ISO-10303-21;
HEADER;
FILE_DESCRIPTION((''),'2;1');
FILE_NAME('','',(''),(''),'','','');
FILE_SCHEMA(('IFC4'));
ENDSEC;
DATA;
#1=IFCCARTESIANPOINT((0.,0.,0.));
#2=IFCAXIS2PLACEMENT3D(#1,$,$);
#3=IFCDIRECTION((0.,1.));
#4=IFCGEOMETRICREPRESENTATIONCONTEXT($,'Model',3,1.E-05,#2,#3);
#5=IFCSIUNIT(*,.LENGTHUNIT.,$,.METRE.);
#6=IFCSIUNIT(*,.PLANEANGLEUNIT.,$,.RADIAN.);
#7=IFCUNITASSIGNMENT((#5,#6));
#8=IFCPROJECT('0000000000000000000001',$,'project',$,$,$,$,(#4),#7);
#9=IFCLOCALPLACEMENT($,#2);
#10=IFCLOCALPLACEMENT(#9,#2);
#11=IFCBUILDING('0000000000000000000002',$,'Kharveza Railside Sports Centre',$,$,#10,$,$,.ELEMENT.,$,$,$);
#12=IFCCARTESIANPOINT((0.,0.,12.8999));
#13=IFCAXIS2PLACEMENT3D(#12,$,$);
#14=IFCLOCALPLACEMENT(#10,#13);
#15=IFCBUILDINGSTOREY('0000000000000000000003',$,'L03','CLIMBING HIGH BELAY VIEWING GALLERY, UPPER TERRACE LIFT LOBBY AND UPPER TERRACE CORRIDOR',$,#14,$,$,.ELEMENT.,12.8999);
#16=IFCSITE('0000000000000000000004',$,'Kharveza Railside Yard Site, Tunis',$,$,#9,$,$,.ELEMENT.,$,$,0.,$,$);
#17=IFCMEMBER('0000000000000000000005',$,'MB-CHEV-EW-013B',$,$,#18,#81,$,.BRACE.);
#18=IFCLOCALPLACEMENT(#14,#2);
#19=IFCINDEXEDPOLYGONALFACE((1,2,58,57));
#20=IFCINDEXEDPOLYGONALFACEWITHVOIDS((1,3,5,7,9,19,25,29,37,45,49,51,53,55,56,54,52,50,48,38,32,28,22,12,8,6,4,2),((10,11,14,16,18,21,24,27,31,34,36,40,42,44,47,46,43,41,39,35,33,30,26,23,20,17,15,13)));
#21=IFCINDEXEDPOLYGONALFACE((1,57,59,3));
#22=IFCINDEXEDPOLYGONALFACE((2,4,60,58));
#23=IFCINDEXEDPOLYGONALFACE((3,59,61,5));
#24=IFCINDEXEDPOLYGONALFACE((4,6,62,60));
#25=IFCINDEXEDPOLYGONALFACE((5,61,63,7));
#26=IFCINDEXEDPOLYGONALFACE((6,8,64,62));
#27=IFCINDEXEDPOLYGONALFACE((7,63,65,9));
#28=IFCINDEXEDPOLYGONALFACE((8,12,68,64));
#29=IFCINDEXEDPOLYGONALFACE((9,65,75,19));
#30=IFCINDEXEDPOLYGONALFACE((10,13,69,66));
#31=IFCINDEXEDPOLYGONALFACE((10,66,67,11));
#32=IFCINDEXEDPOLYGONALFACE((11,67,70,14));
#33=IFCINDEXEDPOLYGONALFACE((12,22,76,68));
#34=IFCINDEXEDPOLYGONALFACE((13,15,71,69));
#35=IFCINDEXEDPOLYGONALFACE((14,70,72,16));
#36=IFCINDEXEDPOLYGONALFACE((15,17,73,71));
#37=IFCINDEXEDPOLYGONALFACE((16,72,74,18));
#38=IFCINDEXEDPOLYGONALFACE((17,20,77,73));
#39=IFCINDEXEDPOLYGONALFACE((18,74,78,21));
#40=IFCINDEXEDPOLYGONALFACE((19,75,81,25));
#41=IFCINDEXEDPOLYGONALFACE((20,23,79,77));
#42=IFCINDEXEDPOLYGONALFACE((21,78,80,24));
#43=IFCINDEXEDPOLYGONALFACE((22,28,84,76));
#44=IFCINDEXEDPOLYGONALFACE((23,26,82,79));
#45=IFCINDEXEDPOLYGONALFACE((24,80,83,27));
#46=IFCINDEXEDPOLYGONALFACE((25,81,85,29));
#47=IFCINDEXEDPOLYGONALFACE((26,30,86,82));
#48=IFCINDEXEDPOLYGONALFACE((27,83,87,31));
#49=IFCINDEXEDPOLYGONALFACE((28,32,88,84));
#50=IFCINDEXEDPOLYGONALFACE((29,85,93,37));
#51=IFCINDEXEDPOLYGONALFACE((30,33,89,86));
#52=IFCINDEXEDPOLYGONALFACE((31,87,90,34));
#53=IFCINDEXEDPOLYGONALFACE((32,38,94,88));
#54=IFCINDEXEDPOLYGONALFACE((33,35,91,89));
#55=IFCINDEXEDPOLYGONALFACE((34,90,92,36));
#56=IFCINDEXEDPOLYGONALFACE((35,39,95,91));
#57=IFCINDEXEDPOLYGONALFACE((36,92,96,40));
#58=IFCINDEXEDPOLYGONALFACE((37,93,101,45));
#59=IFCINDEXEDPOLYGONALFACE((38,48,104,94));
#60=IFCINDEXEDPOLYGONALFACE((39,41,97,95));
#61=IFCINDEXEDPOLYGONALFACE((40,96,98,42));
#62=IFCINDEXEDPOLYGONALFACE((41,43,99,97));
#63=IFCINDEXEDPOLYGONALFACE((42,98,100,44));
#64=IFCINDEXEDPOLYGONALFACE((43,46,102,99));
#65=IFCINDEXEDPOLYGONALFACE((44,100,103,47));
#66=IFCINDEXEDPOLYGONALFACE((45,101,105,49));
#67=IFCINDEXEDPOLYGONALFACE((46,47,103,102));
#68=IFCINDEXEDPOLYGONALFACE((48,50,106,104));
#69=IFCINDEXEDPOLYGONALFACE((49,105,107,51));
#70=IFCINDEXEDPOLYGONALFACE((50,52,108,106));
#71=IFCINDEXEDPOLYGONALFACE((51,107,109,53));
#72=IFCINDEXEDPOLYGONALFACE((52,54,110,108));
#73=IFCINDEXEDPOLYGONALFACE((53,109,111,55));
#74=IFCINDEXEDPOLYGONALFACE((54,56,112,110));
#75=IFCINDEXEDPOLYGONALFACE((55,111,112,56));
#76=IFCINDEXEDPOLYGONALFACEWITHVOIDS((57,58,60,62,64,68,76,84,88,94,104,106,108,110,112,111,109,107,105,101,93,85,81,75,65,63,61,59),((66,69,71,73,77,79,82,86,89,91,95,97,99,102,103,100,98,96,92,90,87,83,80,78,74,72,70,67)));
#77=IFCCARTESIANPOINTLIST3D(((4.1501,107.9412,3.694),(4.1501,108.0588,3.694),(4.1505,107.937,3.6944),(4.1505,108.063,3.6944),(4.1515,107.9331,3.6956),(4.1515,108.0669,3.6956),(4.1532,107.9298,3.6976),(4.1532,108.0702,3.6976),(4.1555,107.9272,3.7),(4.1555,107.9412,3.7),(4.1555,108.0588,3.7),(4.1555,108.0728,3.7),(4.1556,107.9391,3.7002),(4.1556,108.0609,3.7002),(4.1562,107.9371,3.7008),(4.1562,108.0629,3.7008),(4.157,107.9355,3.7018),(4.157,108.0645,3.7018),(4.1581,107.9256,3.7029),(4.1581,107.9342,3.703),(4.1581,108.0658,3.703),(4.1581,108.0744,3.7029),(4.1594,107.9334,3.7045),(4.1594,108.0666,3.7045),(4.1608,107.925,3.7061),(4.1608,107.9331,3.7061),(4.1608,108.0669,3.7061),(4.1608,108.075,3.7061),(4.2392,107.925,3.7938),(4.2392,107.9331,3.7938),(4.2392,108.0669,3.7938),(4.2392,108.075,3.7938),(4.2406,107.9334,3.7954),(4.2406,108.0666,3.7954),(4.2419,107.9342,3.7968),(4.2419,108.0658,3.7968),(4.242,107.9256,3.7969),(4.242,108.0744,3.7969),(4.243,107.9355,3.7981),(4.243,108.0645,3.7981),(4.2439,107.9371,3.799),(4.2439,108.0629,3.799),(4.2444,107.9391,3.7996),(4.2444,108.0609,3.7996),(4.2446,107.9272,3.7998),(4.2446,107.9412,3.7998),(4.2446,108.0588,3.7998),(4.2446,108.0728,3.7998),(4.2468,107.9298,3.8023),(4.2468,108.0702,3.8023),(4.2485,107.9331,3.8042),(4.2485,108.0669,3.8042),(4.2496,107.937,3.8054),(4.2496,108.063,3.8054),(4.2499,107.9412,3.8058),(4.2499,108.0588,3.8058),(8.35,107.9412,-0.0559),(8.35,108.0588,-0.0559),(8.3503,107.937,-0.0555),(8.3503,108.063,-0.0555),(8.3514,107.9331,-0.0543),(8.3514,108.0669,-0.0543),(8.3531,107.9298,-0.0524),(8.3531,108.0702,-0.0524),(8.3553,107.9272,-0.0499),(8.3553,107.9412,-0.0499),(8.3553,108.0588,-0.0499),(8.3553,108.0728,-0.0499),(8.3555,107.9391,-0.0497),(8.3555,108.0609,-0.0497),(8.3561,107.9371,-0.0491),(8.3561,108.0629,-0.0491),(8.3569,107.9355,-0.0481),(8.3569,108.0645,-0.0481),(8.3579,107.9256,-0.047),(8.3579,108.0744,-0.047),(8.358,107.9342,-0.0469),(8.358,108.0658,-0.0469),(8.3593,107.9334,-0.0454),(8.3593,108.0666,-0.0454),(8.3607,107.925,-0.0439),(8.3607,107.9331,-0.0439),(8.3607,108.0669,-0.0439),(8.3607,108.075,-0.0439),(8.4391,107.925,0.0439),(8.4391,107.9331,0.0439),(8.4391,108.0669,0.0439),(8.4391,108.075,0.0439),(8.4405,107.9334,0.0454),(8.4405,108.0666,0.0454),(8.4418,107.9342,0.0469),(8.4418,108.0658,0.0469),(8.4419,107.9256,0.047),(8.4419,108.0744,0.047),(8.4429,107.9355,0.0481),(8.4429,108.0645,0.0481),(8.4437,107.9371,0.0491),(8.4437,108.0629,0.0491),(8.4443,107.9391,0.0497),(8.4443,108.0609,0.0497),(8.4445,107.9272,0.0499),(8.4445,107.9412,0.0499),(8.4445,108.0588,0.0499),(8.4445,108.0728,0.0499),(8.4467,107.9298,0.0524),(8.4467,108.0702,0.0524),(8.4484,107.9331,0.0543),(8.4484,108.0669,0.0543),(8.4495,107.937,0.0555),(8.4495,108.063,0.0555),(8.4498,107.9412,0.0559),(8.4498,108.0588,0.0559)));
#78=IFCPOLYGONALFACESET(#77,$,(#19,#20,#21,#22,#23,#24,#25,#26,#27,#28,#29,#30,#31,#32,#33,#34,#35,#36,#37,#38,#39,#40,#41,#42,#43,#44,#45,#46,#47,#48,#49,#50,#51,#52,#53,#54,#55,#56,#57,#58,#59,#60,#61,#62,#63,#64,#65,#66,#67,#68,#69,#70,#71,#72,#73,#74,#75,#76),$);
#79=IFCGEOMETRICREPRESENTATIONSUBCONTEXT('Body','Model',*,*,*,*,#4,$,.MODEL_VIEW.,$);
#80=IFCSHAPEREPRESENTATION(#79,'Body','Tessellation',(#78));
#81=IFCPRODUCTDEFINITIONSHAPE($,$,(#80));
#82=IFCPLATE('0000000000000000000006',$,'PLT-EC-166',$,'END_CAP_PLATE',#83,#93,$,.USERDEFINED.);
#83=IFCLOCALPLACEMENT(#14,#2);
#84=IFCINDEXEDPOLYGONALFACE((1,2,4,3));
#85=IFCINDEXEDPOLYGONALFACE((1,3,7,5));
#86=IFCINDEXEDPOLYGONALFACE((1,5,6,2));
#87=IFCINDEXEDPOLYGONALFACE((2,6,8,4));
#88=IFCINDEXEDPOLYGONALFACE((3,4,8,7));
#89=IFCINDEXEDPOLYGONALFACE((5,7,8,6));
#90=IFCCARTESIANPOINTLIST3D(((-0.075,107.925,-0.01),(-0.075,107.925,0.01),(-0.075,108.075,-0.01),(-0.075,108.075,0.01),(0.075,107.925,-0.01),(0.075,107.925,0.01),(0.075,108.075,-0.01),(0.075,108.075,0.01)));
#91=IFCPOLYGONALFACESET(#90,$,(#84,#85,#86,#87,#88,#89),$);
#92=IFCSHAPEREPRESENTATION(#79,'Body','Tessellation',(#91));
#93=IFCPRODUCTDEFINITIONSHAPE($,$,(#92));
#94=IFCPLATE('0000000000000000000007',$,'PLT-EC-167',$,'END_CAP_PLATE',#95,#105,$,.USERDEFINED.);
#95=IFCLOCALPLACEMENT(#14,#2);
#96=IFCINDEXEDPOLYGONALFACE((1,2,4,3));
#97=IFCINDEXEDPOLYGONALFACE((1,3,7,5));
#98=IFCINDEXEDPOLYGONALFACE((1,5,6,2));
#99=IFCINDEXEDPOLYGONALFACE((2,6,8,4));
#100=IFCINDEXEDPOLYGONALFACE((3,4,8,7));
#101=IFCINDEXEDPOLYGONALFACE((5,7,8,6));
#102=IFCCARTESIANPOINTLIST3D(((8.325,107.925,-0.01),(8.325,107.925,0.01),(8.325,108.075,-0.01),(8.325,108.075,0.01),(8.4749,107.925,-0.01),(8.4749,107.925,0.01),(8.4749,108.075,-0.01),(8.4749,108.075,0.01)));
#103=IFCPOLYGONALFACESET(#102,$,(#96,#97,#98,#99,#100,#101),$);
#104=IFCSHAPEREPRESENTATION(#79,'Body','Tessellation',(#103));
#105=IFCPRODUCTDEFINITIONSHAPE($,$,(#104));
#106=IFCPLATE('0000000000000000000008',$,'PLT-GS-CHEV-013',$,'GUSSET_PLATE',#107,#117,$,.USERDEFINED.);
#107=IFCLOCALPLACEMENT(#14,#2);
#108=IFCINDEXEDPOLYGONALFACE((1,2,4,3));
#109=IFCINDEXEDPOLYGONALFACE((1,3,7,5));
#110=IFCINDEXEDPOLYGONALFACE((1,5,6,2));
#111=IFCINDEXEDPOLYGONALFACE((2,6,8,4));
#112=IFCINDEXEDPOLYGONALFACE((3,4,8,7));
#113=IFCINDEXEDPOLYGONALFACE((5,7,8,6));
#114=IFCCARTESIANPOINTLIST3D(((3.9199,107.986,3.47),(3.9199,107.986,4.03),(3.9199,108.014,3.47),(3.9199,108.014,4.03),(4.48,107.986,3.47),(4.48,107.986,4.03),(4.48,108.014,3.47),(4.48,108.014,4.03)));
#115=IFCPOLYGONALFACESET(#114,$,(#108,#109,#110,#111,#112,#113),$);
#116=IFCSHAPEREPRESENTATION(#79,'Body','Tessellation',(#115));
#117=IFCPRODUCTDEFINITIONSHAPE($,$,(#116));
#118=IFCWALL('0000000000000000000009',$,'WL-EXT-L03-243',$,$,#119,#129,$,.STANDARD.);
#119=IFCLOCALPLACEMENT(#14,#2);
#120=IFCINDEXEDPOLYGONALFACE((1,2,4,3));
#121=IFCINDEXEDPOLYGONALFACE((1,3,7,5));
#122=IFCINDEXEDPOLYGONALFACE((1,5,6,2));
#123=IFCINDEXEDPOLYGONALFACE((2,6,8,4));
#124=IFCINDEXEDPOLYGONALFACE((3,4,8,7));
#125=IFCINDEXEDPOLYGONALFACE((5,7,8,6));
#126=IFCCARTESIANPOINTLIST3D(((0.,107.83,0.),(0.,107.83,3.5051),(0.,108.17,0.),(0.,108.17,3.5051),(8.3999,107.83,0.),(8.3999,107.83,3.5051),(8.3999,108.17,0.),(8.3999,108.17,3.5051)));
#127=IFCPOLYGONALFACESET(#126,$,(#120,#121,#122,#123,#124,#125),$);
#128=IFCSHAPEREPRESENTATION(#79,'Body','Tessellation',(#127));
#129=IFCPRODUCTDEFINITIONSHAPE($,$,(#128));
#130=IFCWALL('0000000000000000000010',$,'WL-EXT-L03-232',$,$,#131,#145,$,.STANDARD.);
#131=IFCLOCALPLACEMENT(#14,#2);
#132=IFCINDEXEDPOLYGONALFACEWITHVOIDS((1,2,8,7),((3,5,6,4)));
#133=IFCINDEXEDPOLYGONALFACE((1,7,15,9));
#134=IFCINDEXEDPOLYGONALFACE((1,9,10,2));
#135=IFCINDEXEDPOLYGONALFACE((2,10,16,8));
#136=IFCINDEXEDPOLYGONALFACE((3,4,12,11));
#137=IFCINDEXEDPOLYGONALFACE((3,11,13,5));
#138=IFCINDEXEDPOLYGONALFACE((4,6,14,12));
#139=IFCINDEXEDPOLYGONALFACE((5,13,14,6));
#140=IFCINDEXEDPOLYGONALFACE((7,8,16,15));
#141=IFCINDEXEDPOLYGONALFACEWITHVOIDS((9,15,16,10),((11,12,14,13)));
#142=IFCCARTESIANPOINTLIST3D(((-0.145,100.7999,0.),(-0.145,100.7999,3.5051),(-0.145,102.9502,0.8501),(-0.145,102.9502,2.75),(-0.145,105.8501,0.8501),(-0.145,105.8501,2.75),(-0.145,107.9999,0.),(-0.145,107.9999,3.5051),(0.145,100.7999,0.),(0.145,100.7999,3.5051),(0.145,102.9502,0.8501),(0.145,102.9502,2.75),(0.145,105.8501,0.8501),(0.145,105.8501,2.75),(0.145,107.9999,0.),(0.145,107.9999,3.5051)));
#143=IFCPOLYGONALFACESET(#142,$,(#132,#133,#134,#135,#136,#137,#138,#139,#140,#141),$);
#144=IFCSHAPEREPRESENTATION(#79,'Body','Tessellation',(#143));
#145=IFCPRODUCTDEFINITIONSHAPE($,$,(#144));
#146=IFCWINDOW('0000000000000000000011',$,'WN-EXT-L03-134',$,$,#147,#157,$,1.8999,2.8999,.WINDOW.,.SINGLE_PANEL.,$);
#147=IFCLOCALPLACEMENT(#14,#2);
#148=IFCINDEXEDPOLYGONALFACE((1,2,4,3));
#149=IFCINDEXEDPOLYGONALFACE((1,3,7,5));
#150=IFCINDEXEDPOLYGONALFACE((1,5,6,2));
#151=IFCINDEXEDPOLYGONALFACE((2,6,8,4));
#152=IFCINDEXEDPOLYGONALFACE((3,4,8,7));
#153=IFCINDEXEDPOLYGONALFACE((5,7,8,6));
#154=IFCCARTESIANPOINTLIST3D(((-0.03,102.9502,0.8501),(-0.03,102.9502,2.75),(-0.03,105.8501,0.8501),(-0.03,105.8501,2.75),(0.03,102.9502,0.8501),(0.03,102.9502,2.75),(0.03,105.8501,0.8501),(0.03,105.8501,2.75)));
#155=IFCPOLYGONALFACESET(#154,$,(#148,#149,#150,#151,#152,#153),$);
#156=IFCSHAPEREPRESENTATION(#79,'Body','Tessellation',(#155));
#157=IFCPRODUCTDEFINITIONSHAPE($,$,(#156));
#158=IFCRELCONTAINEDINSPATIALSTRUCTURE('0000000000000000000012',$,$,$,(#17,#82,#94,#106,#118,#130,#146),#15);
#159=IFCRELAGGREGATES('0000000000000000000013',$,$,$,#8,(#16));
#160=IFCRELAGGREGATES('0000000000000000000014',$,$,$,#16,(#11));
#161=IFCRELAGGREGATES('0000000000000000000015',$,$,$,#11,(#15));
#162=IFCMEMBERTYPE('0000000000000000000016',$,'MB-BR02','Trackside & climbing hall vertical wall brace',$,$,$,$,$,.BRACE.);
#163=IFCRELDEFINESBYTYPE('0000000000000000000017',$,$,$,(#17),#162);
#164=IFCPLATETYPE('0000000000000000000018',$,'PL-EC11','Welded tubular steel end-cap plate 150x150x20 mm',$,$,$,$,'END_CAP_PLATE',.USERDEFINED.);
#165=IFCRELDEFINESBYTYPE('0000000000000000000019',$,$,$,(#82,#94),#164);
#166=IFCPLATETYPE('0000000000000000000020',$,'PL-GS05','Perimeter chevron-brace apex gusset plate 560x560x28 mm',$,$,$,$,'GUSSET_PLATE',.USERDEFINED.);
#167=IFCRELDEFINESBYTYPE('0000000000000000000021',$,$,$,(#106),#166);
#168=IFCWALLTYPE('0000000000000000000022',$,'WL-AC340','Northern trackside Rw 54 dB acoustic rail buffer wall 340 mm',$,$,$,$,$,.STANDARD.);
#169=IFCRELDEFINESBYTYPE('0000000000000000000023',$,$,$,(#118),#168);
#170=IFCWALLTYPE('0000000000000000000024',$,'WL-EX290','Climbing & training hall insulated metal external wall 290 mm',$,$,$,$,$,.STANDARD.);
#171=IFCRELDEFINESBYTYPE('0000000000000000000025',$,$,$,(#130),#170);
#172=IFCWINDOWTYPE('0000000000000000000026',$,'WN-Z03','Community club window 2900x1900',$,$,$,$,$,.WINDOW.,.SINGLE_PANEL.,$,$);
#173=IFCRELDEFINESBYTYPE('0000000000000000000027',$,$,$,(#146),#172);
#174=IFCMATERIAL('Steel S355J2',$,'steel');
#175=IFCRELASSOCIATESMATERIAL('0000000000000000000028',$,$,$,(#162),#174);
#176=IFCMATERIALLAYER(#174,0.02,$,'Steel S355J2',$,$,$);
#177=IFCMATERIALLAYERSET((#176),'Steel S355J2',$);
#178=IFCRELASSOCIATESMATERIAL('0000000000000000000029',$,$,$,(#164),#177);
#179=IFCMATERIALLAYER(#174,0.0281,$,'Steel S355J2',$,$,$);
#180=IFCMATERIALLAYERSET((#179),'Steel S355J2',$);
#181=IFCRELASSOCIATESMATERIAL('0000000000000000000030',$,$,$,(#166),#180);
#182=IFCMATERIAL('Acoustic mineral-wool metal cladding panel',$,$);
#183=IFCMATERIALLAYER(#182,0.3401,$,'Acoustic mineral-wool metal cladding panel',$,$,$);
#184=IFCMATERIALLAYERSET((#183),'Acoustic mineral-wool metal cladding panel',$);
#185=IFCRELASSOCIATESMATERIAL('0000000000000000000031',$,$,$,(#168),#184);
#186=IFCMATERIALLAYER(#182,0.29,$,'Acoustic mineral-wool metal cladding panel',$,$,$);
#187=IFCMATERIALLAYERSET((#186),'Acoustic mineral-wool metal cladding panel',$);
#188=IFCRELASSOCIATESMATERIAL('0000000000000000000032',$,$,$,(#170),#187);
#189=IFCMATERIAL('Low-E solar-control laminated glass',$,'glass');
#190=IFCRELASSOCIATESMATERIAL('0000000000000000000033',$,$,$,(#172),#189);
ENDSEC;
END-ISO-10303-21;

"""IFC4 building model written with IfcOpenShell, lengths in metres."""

from ifc_helpers import new_model, si_unit, direction, frame, frame_2d, origin, origin_2d, place, context, subcontext, project, spatial, rectangle, hollow_rectangle, extrude, material, layer, layer_set, material_profile, profile_set, type_object, element, fill, save


model = new_model("IFC4")

# Units and contexts
model_context = context("Model", 3, precision=1e-05, world=origin(), true_north=direction((0.0, 1.0)))
body_context = subcontext(model_context, "Body", "Model", "MODEL_VIEW")
ifc_project = project(units=[si_unit("LENGTHUNIT", "METRE"), si_unit("PLANEANGLEUNIT", "RADIAN")], contexts=[model_context])

# Site, building, storey
site_placement = place(None, origin())
site = spatial("IfcSite", under=ifc_project, at=site_placement, Name="Kharveza Railside Yard Site, Tunis", CompositionType="ELEMENT", RefElevation=0.0)
building_placement = place(site_placement, origin())
building = spatial("IfcBuilding", under=site, at=building_placement, Name="Kharveza Railside Sports Centre", CompositionType="ELEMENT")
storey_placement = place(building_placement, frame((0.0, 0.0, 12.8999)))
storey = spatial("IfcBuildingStorey", under=building, at=storey_placement, Name="L03", Description="CLIMBING HIGH BELAY VIEWING GALLERY, UPPER TERRACE LIFT LOBBY AND UPPER TERRACE CORRIDOR", CompositionType="ELEMENT", Elevation=12.8999)

# Shared definitions
ifc_material_1 = material(Name="Steel S355J2", Category="steel")

# Member
ifc_material_profile_1 = material_profile(ifc_material_1, hollow_rectangle(XDim=0.1499, YDim=0.1499, WallThickness=0.0081, InnerFilletRadius=0.0081, OuterFilletRadius=0.0161, at=origin_2d()), Name="SHS 150x150x8.0")
ifc_profile_set_1 = profile_set([ifc_material_profile_1], Name="Steel S355J2")
member_type = type_object("IfcMemberType", Name="MB-BR02", Description="Trackside & climbing hall vertical wall brace", PredefinedType="BRACE", material=ifc_profile_set_1)
for number, where, z_axis, x_axis, name in (
    (1, (8.3999, 108.0, 0.0), (-0.745934, 0.0, 0.66602), (0.0, -1.0, 0.0), "MB-CHEV-EW-013B"),
):
    element("IfcMember", number, at=place(storey_placement, frame(where, z_axis=z_axis, x_axis=x_axis)), inside=storey, type_object=member_type, Name=name, PredefinedType="BRACE", context=body_context, shape_type="SweptSolid", body=[
        extrude(hollow_rectangle(XDim=0.1499, YDim=0.1499, WallThickness=0.0081, InnerFilletRadius=0.0081, OuterFilletRadius=0.0161, at=origin_2d()), origin(), (0.0, 0.0, 1.0), 5.6304),
    ])

# Plates
ifc_layer_1 = layer(ifc_material_1, 0.02, Name="Steel S355J2")
ifc_layer_set_1 = layer_set([ifc_layer_1], Name="Steel S355J2")
plate_type_1 = type_object("IfcPlateType", Name="PL-EC11", Description="Welded tubular steel end-cap plate 150x150x20 mm", ElementType="END_CAP_PLATE", PredefinedType="USERDEFINED", material=ifc_layer_set_1)
for number, where, z_axis, x_axis, name in (
    (2, (0.0, 108.0, -0.01), (0.0, 0.0, 1.0), (1.0, 0.0, 0.0), "PLT-EC-166"),
    (3, (8.3999, 108.0, -0.01), (0.0, 0.0, 1.0), (1.0, 0.0, 0.0), "PLT-EC-167"),
):
    element("IfcPlate", number, at=place(storey_placement, frame(where, z_axis=z_axis, x_axis=x_axis)), inside=storey, type_object=plate_type_1, Name=name, ObjectType="END_CAP_PLATE", PredefinedType="USERDEFINED", context=body_context, shape_type="SweptSolid", body=[
        extrude(rectangle(XDim=0.1499, YDim=0.1499, at=origin_2d()), origin(), (0.0, 0.0, 1.0), 0.02),
    ])
ifc_layer_2 = layer(ifc_material_1, 0.0281, Name="Steel S355J2")
ifc_layer_set_2 = layer_set([ifc_layer_2], Name="Steel S355J2")
plate_type_2 = type_object("IfcPlateType", Name="PL-GS05", Description="Perimeter chevron-brace apex gusset plate 560x560x28 mm", ElementType="GUSSET_PLATE", PredefinedType="USERDEFINED", material=ifc_layer_set_2)
plate_placement = place(storey_placement, frame((4.2, 108.0, 3.47), z_axis=(0.0, 0.0, 1.0), x_axis=(1.0, 0.0, 0.0)))
element("IfcPlate", 4, at=plate_placement, inside=storey, type_object=plate_type_2, Name="PLT-GS-CHEV-013", ObjectType="GUSSET_PLATE", PredefinedType="USERDEFINED", context=body_context, shape_type="SweptSolid", body=[
    extrude(rectangle(XDim=0.5601, YDim=0.0281, at=origin_2d()), origin(), (0.0, 0.0, 1.0), 0.5601),
])

# Wall
ifc_material_2 = material(Name="Acoustic mineral-wool metal cladding panel")
ifc_layer_3 = layer(ifc_material_2, 0.3401, Name="Acoustic mineral-wool metal cladding panel")
ifc_layer_set_3 = layer_set([ifc_layer_3], Name="Acoustic mineral-wool metal cladding panel")
wall_type_1 = type_object("IfcWallType", Name="WL-AC340", Description="Northern trackside Rw 54 dB acoustic rail buffer wall 340 mm", PredefinedType="STANDARD", material=ifc_layer_set_3)
wall_1_placement = place(storey_placement, frame((8.3999, 108.0, 0.0), z_axis=(0.0, 0.0, 1.0), x_axis=(-1.0, 0.0, 0.0)))
element("IfcWall", 5, at=wall_1_placement, inside=storey, type_object=wall_type_1, Name="WL-EXT-L03-243", PredefinedType="STANDARD", context=body_context, shape_type="SweptSolid", body=[
    extrude(rectangle(XDim=8.3999, YDim=0.3401, at=frame_2d((4.2, 0.0))), origin(), (0.0, 0.0, 1.0), 3.5051),
])

# Wall, opening, window
ifc_layer_4 = layer(ifc_material_2, 0.29, Name="Acoustic mineral-wool metal cladding panel")
ifc_layer_set_4 = layer_set([ifc_layer_4], Name="Acoustic mineral-wool metal cladding panel")
wall_type_2 = type_object("IfcWallType", Name="WL-EX290", Description="Climbing & training hall insulated metal external wall 290 mm", PredefinedType="STANDARD", material=ifc_layer_set_4)
wall_2_placement = place(storey_placement, frame((0.0, 108.0, 0.0), z_axis=(0.0, 0.0, 1.0), x_axis=(0.0, -1.0, 0.0)))
wall_2 = element("IfcWall", 6, at=wall_2_placement, inside=storey, type_object=wall_type_2, Name="WL-EXT-L03-232", PredefinedType="STANDARD", context=body_context, shape_type="SweptSolid", body=[
    extrude(rectangle(XDim=7.2, YDim=0.29, at=frame_2d((3.6001, 0.0))), origin(), (0.0, 0.0, 1.0), 3.5051),
])
opening_1_placement = place(wall_2_placement, frame((2.1499, 0.0, 0.8501)))
opening_1 = element("IfcOpeningElement", 7, at=opening_1_placement, cuts=wall_2, PredefinedType="OPENING", context=body_context, shape_type="SweptSolid", body=[
    extrude(rectangle(XDim=2.8999, YDim=1.8999, at=frame_2d((1.45, 0.95))), frame((0.0, 0.1699, 0.0), z_axis=(0.0, -1.0, 0.0), x_axis=(1.0, 0.0, 0.0)), (0.0, 0.0, 1.0), 0.3398),
])
ifc_material_3 = material(Name="Low-E solar-control laminated glass", Category="glass")
window_type_1 = type_object("IfcWindowType", Name="WN-Z03", Description="Community club window 2900x1900", PartitioningType="SINGLE_PANEL", PredefinedType="WINDOW", material=ifc_material_3)
window_1_placement = place(opening_1_placement, origin())
window_1 = element("IfcWindow", 8, at=window_1_placement, inside=storey, type_object=window_type_1, Name="WN-EXT-L03-134", OverallHeight=1.8999, OverallWidth=2.8999, PartitioningType="SINGLE_PANEL", PredefinedType="WINDOW", context=body_context, shape_type="SweptSolid", body=[
    extrude(rectangle(XDim=2.8999, YDim=1.8999, at=frame_2d((1.45, 0.95))), frame((0.0, 0.03, 0.0), z_axis=(0.0, -1.0, 0.0), x_axis=(1.0, 0.0, 0.0)), (0.0, 0.0, 1.0), 0.0601),
])
fill(opening_1, window_1)

save(model, "model.ifc")
